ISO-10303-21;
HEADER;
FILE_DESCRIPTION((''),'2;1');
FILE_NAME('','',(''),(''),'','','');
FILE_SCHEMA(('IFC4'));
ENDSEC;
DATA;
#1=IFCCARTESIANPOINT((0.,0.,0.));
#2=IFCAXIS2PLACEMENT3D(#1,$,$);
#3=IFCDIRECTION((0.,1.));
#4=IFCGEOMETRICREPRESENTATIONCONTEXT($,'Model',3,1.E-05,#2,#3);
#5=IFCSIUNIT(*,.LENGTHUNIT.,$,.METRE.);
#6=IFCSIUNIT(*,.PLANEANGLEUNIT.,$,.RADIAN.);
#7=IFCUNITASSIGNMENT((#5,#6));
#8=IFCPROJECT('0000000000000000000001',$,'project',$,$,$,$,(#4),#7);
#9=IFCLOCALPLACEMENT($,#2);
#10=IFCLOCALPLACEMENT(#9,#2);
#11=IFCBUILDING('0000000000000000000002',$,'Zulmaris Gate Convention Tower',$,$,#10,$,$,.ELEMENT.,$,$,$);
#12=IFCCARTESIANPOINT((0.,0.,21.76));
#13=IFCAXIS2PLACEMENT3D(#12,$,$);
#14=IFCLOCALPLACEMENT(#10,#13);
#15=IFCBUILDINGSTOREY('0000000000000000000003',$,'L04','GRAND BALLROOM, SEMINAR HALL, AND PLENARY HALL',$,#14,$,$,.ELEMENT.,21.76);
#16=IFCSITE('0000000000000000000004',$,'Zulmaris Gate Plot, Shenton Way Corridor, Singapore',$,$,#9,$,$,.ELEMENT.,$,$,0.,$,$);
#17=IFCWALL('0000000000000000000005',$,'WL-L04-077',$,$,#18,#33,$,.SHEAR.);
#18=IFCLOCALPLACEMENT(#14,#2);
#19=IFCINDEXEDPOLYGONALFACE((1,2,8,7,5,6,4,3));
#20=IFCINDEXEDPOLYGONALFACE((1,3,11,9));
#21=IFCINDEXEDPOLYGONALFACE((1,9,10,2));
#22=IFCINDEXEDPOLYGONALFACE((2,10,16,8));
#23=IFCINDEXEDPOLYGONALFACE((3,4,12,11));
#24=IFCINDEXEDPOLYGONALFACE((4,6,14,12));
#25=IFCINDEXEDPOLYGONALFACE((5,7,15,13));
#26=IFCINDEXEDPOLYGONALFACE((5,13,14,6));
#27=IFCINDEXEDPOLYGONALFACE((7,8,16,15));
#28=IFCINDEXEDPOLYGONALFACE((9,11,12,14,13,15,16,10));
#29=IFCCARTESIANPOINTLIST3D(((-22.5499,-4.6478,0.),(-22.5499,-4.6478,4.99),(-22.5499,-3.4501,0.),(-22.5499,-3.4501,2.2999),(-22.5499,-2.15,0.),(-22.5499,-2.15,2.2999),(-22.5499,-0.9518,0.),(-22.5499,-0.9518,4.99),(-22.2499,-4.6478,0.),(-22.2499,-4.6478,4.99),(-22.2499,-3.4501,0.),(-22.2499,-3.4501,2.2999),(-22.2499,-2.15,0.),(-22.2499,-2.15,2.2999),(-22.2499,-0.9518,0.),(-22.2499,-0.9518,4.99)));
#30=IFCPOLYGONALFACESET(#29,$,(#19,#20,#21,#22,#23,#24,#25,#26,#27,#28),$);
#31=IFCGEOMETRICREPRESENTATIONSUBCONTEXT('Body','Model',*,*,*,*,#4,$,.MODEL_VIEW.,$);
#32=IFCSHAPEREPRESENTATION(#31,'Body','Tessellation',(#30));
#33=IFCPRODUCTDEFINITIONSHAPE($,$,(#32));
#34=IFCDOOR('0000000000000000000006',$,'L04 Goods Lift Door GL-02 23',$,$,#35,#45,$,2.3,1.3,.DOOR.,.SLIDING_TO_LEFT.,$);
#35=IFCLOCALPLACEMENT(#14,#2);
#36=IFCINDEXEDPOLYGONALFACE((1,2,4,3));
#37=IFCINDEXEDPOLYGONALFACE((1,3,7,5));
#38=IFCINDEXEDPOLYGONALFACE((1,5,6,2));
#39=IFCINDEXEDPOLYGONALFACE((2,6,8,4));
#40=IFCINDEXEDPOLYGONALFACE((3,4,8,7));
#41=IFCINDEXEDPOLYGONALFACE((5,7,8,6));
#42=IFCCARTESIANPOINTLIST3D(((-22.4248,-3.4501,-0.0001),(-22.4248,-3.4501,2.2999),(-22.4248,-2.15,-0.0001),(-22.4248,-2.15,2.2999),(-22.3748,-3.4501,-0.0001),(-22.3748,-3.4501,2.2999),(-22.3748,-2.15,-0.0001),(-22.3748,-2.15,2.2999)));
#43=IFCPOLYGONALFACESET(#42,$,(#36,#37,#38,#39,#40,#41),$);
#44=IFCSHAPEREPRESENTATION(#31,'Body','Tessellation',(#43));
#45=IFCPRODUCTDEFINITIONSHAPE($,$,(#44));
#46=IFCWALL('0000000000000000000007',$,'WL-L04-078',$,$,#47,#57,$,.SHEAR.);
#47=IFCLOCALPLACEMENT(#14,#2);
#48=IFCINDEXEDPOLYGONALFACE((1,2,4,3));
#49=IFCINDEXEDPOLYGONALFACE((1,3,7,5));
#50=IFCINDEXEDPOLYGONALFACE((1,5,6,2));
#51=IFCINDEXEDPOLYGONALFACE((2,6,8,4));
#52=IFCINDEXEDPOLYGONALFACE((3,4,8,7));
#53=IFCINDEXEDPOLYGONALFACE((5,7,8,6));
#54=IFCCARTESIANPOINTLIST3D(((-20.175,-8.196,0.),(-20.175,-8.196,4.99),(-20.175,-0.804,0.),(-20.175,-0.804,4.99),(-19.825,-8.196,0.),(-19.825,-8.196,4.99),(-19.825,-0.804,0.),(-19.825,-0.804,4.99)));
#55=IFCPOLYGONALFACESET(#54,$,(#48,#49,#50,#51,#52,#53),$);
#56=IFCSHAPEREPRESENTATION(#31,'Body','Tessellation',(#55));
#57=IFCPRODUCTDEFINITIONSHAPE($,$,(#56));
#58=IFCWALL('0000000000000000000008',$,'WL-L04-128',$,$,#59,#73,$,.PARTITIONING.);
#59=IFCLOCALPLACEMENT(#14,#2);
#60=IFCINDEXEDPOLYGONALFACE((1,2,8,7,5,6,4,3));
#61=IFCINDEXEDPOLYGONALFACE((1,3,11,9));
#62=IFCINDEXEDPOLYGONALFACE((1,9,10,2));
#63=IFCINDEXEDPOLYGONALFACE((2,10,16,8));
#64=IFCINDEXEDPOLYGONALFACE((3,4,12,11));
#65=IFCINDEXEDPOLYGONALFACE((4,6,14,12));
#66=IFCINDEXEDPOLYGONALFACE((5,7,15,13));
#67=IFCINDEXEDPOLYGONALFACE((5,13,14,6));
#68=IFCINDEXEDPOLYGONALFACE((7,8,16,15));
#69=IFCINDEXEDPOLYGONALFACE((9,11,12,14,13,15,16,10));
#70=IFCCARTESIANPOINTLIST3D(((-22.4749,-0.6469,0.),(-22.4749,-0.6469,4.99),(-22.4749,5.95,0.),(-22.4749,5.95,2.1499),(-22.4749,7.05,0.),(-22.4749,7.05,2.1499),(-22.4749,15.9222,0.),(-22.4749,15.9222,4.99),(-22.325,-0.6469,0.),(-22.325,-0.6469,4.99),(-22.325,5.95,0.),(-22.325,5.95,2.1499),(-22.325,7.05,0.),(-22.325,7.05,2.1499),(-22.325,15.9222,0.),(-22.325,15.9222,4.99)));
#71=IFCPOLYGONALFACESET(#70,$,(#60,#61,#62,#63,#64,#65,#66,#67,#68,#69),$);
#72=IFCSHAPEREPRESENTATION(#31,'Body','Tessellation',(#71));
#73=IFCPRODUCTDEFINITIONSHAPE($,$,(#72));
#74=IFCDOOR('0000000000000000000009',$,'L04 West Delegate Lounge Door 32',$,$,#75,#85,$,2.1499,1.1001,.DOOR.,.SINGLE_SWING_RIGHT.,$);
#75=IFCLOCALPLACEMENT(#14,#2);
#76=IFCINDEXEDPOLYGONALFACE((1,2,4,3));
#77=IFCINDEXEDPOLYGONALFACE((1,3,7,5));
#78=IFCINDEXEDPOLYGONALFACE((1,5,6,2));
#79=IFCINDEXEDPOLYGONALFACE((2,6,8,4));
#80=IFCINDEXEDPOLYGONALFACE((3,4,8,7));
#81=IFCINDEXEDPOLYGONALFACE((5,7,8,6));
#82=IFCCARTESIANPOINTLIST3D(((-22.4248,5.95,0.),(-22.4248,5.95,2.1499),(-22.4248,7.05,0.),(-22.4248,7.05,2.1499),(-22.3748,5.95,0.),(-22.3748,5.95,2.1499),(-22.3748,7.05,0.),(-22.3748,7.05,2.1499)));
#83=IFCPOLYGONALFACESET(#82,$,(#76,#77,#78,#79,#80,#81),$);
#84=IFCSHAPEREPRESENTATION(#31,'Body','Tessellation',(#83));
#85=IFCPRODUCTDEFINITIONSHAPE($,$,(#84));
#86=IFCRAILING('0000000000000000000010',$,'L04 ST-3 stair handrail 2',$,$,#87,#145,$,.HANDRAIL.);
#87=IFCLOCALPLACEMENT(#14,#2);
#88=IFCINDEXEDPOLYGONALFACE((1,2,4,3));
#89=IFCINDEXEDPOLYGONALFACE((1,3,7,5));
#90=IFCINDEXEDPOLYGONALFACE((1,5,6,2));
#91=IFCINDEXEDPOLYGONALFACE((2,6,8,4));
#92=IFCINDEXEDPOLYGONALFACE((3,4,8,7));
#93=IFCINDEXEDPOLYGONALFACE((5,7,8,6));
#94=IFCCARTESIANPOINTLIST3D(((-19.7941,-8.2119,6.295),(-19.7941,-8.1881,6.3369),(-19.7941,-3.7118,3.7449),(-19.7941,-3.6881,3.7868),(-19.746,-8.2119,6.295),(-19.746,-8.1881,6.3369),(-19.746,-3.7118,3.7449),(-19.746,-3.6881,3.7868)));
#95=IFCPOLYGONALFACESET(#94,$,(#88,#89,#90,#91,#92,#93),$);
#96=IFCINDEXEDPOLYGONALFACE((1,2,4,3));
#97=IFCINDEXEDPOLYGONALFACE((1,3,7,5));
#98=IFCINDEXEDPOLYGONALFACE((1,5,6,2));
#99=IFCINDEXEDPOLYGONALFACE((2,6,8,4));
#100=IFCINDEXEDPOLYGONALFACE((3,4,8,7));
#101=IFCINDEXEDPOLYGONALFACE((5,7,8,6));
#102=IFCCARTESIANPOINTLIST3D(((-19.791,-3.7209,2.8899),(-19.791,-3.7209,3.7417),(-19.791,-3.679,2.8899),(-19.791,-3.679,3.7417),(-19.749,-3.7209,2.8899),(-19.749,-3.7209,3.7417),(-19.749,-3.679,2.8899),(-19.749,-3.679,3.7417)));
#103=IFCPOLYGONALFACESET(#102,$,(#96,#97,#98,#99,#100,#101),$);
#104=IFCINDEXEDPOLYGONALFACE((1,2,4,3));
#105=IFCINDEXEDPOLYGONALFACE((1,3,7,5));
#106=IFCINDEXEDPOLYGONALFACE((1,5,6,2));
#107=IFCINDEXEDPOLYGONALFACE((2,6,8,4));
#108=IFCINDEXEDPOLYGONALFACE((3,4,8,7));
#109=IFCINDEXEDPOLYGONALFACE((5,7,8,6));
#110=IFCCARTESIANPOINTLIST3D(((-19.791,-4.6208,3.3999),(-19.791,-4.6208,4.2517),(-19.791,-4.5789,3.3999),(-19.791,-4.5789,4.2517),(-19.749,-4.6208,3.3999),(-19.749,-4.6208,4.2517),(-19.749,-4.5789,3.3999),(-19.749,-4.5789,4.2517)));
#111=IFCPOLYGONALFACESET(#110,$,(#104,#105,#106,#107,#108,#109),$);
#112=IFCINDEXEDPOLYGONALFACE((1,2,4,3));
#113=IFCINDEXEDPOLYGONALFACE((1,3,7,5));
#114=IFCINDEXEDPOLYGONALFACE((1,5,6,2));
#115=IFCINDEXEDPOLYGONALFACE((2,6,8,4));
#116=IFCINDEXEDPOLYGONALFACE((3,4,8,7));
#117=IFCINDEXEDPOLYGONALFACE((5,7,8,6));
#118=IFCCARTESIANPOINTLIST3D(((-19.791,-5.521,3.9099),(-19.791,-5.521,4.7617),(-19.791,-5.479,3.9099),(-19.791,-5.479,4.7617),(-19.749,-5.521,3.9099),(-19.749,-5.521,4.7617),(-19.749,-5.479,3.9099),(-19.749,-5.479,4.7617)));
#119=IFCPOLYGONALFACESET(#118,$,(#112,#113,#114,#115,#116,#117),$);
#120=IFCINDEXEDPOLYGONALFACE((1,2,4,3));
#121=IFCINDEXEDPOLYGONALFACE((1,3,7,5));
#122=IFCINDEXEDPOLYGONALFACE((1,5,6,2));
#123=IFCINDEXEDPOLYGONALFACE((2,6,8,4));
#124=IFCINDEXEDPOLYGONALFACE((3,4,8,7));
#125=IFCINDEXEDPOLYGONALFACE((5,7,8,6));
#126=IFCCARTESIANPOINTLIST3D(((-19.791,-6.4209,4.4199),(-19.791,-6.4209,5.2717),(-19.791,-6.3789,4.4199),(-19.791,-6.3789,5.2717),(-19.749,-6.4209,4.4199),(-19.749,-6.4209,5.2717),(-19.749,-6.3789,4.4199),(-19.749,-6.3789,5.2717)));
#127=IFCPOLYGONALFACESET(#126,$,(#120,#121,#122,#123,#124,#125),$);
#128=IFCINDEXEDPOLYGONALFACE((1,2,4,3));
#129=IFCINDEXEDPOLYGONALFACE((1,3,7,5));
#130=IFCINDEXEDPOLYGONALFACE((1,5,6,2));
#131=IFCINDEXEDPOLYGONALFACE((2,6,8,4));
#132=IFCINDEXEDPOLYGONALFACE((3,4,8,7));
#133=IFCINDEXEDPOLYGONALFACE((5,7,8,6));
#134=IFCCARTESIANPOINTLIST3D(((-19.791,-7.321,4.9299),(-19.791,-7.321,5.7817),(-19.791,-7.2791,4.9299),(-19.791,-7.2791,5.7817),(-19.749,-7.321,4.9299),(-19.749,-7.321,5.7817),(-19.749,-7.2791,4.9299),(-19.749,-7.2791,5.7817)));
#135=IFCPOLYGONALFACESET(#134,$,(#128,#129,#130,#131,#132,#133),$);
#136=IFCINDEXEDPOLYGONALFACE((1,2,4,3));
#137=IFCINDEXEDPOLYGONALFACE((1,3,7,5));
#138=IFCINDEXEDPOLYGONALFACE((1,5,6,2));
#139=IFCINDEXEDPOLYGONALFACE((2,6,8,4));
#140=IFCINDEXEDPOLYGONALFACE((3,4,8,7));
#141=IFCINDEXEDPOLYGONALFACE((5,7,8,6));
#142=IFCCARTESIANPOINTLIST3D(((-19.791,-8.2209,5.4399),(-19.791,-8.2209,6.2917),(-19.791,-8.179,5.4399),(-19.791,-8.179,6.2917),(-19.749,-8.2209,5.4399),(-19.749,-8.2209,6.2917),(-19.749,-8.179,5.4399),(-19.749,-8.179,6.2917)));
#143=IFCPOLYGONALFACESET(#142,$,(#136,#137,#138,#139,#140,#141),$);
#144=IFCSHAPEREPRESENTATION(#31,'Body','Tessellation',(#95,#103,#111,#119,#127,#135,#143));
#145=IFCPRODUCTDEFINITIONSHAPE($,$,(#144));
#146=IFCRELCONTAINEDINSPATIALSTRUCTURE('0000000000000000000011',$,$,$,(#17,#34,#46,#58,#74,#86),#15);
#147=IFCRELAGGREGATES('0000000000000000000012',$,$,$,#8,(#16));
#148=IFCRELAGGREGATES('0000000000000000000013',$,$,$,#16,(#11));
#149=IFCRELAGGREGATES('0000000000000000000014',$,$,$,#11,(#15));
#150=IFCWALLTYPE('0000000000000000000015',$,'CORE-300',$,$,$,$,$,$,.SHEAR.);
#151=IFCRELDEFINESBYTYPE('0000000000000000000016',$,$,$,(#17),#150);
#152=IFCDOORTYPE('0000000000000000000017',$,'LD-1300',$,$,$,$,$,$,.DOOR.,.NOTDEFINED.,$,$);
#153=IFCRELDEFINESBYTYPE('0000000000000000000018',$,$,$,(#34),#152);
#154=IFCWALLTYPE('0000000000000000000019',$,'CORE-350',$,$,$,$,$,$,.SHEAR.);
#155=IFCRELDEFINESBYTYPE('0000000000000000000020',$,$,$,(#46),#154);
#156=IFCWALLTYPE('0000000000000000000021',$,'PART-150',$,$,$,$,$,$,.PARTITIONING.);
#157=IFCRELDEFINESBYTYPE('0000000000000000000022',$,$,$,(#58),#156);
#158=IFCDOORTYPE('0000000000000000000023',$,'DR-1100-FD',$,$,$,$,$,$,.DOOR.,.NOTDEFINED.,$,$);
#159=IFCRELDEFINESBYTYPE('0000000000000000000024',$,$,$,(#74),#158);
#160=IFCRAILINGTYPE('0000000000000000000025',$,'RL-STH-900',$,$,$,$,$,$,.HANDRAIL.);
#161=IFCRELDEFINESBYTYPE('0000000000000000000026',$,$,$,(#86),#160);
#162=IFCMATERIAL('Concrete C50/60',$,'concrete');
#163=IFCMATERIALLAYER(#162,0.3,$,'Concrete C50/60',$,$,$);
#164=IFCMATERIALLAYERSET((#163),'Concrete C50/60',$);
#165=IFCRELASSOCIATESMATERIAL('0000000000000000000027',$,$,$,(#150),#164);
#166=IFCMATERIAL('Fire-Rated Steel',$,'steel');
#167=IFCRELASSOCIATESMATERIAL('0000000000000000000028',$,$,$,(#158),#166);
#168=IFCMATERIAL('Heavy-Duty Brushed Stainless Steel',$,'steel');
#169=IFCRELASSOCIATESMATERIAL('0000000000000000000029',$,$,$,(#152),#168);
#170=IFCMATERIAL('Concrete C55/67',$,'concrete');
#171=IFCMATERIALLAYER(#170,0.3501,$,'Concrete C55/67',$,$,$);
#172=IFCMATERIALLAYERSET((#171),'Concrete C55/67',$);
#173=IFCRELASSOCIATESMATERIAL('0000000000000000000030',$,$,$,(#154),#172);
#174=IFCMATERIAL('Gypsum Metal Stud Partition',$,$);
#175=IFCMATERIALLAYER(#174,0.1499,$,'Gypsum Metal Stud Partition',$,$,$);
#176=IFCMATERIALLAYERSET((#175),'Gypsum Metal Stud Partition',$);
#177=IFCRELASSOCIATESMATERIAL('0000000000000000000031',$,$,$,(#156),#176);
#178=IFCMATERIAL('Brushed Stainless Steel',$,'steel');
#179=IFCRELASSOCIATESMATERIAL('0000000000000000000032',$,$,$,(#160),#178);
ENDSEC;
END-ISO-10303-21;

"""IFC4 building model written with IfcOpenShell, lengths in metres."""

from ifc_helpers import new_model, si_unit, direction, frame, frame_2d, origin, origin_2d, place, context, subcontext, project, spatial, rectangle, extrude, material, layer, layer_set, type_object, element, fill, save


model = new_model("IFC4")

# Units and contexts
model_context = context("Model", 3, precision=1e-05, world=origin(), true_north=direction((0.0, 1.0)))
body_context = subcontext(model_context, "Body", "Model", "MODEL_VIEW")
ifc_project = project(units=[si_unit("LENGTHUNIT", "METRE"), si_unit("PLANEANGLEUNIT", "RADIAN")], contexts=[model_context])

# Site, building, storey
site_placement = place(None, origin())
site = spatial("IfcSite", under=ifc_project, at=site_placement, Name="Zulmaris Gate Plot, Shenton Way Corridor, Singapore", CompositionType="ELEMENT", RefElevation=0.0)
building_placement = place(site_placement, origin())
building = spatial("IfcBuilding", under=site, at=building_placement, Name="Zulmaris Gate Convention Tower", CompositionType="ELEMENT")
storey_placement = place(building_placement, frame((0.0, 0.0, 21.76)))
storey = spatial("IfcBuildingStorey", under=building, at=storey_placement, Name="L04", Description="GRAND BALLROOM, SEMINAR HALL, AND PLENARY HALL", CompositionType="ELEMENT", Elevation=21.76)

# Shared definitions
ifc_material_1 = material(Name="Concrete C50/60", Category="concrete")
ifc_layer_1 = layer(ifc_material_1, 0.3, Name="Concrete C50/60")
ifc_layer_set_1 = layer_set([ifc_layer_1], Name="Concrete C50/60")
wall_type_1 = type_object("IfcWallType", Name="CORE-300", PredefinedType="SHEAR", material=ifc_layer_set_1)

# Shared definitions
ifc_material_2 = material(Name="Fire-Rated Steel", Category="steel")
door_type_1 = type_object("IfcDoorType", Name="DR-1100-FD", OperationType="NOTDEFINED", PredefinedType="DOOR", material=ifc_material_2)

# Wall, opening, door
ifc_material_3 = material(Name="Heavy-Duty Brushed Stainless Steel", Category="steel")
door_type_2 = type_object("IfcDoorType", Name="LD-1300", OperationType="NOTDEFINED", PredefinedType="DOOR", material=ifc_material_3)
wall_1_placement = place(storey_placement, frame((-22.3999, -4.6479, 0.0), z_axis=(0.0, 0.0, 1.0), x_axis=(0.0, 1.0, 0.0)))
wall_1 = element("IfcWall", 1, at=wall_1_placement, inside=storey, type_object=wall_type_1, Name="WL-L04-077", PredefinedType="SHEAR", context=body_context, shape_type="SweptSolid", body=[
    extrude(rectangle(XDim=3.696, YDim=0.3, at=frame_2d((1.8481, 0.0))), origin(), (0.0, 0.0, 1.0), 4.99),
])
opening_1_placement = place(wall_1_placement, frame((1.198, 0.0, 0.0)))
opening_1 = element("IfcOpeningElement", 2, at=opening_1_placement, cuts=wall_1, PredefinedType="OPENING", context=body_context, shape_type="SweptSolid", body=[
    extrude(rectangle(XDim=1.3, YDim=2.3, at=frame_2d((0.6499, 1.1499))), frame((0.0, 0.1602, 0.0), z_axis=(0.0, -1.0, 0.0), x_axis=(1.0, 0.0, 0.0)), (0.0, 0.0, 1.0), 0.3201),
])
door_1_placement = place(opening_1_placement, origin())
door_1 = element("IfcDoor", 3, at=door_1_placement, inside=storey, type_object=door_type_2, Name="L04 Goods Lift Door GL-02 23", OperationType="SLIDING_TO_LEFT", OverallHeight=2.3, OverallWidth=1.3, PredefinedType="DOOR", context=body_context, shape_type="SweptSolid", body=[
    extrude(rectangle(XDim=1.3, YDim=2.3, at=frame_2d((0.6499, 1.1499))), frame((0.0, 0.0249, 0.0), z_axis=(0.0, -1.0, 0.0), x_axis=(1.0, 0.0, 0.0)), (0.0, 0.0, 1.0), 0.05),
])
fill(opening_1, door_1)

# Wall
ifc_material_4 = material(Name="Concrete C55/67", Category="concrete")
ifc_layer_2 = layer(ifc_material_4, 0.3501, Name="Concrete C55/67")
ifc_layer_set_2 = layer_set([ifc_layer_2], Name="Concrete C55/67")
wall_type_2 = type_object("IfcWallType", Name="CORE-350", PredefinedType="SHEAR", material=ifc_layer_set_2)
wall_2_placement = place(storey_placement, frame((-20.0, -8.196, 0.0), z_axis=(0.0, 0.0, 1.0), x_axis=(0.0, 1.0, 0.0)))
element("IfcWall", 4, at=wall_2_placement, inside=storey, type_object=wall_type_2, Name="WL-L04-078", PredefinedType="SHEAR", context=body_context, shape_type="SweptSolid", body=[
    extrude(rectangle(XDim=7.3921, YDim=0.3501, at=frame_2d((3.696, 0.0))), origin(), (0.0, 0.0, 1.0), 4.99),
])

# Wall, opening, door
ifc_material_5 = material(Name="Gypsum Metal Stud Partition")
ifc_layer_3 = layer(ifc_material_5, 0.1499, Name="Gypsum Metal Stud Partition")
ifc_layer_set_3 = layer_set([ifc_layer_3], Name="Gypsum Metal Stud Partition")
wall_type_3 = type_object("IfcWallType", Name="PART-150", PredefinedType="PARTITIONING", material=ifc_layer_set_3)
wall_3_placement = place(storey_placement, frame((-22.3999, -0.647, 0.0), z_axis=(0.0, 0.0, 1.0), x_axis=(0.0, 1.0, 0.0)))
wall_3 = element("IfcWall", 5, at=wall_3_placement, inside=storey, type_object=wall_type_3, Name="WL-L04-128", PredefinedType="PARTITIONING", context=body_context, shape_type="SweptSolid", body=[
    extrude(rectangle(XDim=16.5691, YDim=0.1499, at=frame_2d((8.2847, 0.0))), origin(), (0.0, 0.0, 1.0), 4.99),
])
opening_2_placement = place(wall_3_placement, frame((6.5969, 0.0, 0.0)))
opening_2 = element("IfcOpeningElement", 6, at=opening_2_placement, cuts=wall_3, PredefinedType="OPENING", context=body_context, shape_type="SweptSolid", body=[
    extrude(rectangle(XDim=1.1001, YDim=2.1499, at=frame_2d((0.55, 1.075))), frame((0.0, 0.085, 0.0), z_axis=(0.0, -1.0, 0.0), x_axis=(1.0, 0.0, 0.0)), (0.0, 0.0, 1.0), 0.1699),
])
door_2_placement = place(opening_2_placement, origin())
door_2 = element("IfcDoor", 7, at=door_2_placement, inside=storey, type_object=door_type_1, Name="L04 West Delegate Lounge Door 32", OperationType="SINGLE_SWING_RIGHT", OverallHeight=2.1499, OverallWidth=1.1001, PredefinedType="DOOR", context=body_context, shape_type="SweptSolid", body=[
    extrude(rectangle(XDim=1.1001, YDim=2.1499, at=frame_2d((0.55, 1.075))), frame((0.0, 0.0249, 0.0), z_axis=(0.0, -1.0, 0.0), x_axis=(1.0, 0.0, 0.0)), (0.0, 0.0, 1.0), 0.05),
])
fill(opening_2, door_2)

# Railing
ifc_material_6 = material(Name="Brushed Stainless Steel", Category="steel")
railing_type = type_object("IfcRailingType", Name="RL-STH-900", PredefinedType="HANDRAIL", material=ifc_material_6)
railing_placement = place(storey_placement, frame((-19.77, -3.7, 2.8899)))
element("IfcRailing", 8, at=railing_placement, inside=storey, type_object=railing_type, Name="L04 ST-3 stair handrail 2", PredefinedType="HANDRAIL", context=body_context, shape_type="SweptSolid", body=[
    extrude(rectangle(XDim=0.0481, YDim=0.0481, at=origin_2d()), frame((0.0, 0.0, 0.876), z_axis=(0.0, -0.870018, 0.49302), x_axis=(1.0, 0.0, 0.0)), (0.0, 0.0, 1.0), 5.1724),
    extrude(rectangle(XDim=0.042, YDim=0.042, at=origin_2d()), origin(), (0.0, 0.0, 1.0), 0.8518),
    extrude(rectangle(XDim=0.042, YDim=0.042, at=origin_2d()), frame((0.0, -0.8999, 0.51)), (0.0, 0.0, 1.0), 0.8518),
    extrude(rectangle(XDim=0.042, YDim=0.042, at=origin_2d()), frame((0.0, -1.8, 1.02)), (0.0, 0.0, 1.0), 0.8518),
    extrude(rectangle(XDim=0.042, YDim=0.042, at=origin_2d()), frame((0.0, -2.7, 1.53)), (0.0, 0.0, 1.0), 0.8518),
    extrude(rectangle(XDim=0.042, YDim=0.042, at=origin_2d()), frame((0.0, -3.6001, 2.04)), (0.0, 0.0, 1.0), 0.8518),
    extrude(rectangle(XDim=0.042, YDim=0.042, at=origin_2d()), frame((0.0, -4.5, 2.55)), (0.0, 0.0, 1.0), 0.8518),
])

save(model, "model.ifc")
